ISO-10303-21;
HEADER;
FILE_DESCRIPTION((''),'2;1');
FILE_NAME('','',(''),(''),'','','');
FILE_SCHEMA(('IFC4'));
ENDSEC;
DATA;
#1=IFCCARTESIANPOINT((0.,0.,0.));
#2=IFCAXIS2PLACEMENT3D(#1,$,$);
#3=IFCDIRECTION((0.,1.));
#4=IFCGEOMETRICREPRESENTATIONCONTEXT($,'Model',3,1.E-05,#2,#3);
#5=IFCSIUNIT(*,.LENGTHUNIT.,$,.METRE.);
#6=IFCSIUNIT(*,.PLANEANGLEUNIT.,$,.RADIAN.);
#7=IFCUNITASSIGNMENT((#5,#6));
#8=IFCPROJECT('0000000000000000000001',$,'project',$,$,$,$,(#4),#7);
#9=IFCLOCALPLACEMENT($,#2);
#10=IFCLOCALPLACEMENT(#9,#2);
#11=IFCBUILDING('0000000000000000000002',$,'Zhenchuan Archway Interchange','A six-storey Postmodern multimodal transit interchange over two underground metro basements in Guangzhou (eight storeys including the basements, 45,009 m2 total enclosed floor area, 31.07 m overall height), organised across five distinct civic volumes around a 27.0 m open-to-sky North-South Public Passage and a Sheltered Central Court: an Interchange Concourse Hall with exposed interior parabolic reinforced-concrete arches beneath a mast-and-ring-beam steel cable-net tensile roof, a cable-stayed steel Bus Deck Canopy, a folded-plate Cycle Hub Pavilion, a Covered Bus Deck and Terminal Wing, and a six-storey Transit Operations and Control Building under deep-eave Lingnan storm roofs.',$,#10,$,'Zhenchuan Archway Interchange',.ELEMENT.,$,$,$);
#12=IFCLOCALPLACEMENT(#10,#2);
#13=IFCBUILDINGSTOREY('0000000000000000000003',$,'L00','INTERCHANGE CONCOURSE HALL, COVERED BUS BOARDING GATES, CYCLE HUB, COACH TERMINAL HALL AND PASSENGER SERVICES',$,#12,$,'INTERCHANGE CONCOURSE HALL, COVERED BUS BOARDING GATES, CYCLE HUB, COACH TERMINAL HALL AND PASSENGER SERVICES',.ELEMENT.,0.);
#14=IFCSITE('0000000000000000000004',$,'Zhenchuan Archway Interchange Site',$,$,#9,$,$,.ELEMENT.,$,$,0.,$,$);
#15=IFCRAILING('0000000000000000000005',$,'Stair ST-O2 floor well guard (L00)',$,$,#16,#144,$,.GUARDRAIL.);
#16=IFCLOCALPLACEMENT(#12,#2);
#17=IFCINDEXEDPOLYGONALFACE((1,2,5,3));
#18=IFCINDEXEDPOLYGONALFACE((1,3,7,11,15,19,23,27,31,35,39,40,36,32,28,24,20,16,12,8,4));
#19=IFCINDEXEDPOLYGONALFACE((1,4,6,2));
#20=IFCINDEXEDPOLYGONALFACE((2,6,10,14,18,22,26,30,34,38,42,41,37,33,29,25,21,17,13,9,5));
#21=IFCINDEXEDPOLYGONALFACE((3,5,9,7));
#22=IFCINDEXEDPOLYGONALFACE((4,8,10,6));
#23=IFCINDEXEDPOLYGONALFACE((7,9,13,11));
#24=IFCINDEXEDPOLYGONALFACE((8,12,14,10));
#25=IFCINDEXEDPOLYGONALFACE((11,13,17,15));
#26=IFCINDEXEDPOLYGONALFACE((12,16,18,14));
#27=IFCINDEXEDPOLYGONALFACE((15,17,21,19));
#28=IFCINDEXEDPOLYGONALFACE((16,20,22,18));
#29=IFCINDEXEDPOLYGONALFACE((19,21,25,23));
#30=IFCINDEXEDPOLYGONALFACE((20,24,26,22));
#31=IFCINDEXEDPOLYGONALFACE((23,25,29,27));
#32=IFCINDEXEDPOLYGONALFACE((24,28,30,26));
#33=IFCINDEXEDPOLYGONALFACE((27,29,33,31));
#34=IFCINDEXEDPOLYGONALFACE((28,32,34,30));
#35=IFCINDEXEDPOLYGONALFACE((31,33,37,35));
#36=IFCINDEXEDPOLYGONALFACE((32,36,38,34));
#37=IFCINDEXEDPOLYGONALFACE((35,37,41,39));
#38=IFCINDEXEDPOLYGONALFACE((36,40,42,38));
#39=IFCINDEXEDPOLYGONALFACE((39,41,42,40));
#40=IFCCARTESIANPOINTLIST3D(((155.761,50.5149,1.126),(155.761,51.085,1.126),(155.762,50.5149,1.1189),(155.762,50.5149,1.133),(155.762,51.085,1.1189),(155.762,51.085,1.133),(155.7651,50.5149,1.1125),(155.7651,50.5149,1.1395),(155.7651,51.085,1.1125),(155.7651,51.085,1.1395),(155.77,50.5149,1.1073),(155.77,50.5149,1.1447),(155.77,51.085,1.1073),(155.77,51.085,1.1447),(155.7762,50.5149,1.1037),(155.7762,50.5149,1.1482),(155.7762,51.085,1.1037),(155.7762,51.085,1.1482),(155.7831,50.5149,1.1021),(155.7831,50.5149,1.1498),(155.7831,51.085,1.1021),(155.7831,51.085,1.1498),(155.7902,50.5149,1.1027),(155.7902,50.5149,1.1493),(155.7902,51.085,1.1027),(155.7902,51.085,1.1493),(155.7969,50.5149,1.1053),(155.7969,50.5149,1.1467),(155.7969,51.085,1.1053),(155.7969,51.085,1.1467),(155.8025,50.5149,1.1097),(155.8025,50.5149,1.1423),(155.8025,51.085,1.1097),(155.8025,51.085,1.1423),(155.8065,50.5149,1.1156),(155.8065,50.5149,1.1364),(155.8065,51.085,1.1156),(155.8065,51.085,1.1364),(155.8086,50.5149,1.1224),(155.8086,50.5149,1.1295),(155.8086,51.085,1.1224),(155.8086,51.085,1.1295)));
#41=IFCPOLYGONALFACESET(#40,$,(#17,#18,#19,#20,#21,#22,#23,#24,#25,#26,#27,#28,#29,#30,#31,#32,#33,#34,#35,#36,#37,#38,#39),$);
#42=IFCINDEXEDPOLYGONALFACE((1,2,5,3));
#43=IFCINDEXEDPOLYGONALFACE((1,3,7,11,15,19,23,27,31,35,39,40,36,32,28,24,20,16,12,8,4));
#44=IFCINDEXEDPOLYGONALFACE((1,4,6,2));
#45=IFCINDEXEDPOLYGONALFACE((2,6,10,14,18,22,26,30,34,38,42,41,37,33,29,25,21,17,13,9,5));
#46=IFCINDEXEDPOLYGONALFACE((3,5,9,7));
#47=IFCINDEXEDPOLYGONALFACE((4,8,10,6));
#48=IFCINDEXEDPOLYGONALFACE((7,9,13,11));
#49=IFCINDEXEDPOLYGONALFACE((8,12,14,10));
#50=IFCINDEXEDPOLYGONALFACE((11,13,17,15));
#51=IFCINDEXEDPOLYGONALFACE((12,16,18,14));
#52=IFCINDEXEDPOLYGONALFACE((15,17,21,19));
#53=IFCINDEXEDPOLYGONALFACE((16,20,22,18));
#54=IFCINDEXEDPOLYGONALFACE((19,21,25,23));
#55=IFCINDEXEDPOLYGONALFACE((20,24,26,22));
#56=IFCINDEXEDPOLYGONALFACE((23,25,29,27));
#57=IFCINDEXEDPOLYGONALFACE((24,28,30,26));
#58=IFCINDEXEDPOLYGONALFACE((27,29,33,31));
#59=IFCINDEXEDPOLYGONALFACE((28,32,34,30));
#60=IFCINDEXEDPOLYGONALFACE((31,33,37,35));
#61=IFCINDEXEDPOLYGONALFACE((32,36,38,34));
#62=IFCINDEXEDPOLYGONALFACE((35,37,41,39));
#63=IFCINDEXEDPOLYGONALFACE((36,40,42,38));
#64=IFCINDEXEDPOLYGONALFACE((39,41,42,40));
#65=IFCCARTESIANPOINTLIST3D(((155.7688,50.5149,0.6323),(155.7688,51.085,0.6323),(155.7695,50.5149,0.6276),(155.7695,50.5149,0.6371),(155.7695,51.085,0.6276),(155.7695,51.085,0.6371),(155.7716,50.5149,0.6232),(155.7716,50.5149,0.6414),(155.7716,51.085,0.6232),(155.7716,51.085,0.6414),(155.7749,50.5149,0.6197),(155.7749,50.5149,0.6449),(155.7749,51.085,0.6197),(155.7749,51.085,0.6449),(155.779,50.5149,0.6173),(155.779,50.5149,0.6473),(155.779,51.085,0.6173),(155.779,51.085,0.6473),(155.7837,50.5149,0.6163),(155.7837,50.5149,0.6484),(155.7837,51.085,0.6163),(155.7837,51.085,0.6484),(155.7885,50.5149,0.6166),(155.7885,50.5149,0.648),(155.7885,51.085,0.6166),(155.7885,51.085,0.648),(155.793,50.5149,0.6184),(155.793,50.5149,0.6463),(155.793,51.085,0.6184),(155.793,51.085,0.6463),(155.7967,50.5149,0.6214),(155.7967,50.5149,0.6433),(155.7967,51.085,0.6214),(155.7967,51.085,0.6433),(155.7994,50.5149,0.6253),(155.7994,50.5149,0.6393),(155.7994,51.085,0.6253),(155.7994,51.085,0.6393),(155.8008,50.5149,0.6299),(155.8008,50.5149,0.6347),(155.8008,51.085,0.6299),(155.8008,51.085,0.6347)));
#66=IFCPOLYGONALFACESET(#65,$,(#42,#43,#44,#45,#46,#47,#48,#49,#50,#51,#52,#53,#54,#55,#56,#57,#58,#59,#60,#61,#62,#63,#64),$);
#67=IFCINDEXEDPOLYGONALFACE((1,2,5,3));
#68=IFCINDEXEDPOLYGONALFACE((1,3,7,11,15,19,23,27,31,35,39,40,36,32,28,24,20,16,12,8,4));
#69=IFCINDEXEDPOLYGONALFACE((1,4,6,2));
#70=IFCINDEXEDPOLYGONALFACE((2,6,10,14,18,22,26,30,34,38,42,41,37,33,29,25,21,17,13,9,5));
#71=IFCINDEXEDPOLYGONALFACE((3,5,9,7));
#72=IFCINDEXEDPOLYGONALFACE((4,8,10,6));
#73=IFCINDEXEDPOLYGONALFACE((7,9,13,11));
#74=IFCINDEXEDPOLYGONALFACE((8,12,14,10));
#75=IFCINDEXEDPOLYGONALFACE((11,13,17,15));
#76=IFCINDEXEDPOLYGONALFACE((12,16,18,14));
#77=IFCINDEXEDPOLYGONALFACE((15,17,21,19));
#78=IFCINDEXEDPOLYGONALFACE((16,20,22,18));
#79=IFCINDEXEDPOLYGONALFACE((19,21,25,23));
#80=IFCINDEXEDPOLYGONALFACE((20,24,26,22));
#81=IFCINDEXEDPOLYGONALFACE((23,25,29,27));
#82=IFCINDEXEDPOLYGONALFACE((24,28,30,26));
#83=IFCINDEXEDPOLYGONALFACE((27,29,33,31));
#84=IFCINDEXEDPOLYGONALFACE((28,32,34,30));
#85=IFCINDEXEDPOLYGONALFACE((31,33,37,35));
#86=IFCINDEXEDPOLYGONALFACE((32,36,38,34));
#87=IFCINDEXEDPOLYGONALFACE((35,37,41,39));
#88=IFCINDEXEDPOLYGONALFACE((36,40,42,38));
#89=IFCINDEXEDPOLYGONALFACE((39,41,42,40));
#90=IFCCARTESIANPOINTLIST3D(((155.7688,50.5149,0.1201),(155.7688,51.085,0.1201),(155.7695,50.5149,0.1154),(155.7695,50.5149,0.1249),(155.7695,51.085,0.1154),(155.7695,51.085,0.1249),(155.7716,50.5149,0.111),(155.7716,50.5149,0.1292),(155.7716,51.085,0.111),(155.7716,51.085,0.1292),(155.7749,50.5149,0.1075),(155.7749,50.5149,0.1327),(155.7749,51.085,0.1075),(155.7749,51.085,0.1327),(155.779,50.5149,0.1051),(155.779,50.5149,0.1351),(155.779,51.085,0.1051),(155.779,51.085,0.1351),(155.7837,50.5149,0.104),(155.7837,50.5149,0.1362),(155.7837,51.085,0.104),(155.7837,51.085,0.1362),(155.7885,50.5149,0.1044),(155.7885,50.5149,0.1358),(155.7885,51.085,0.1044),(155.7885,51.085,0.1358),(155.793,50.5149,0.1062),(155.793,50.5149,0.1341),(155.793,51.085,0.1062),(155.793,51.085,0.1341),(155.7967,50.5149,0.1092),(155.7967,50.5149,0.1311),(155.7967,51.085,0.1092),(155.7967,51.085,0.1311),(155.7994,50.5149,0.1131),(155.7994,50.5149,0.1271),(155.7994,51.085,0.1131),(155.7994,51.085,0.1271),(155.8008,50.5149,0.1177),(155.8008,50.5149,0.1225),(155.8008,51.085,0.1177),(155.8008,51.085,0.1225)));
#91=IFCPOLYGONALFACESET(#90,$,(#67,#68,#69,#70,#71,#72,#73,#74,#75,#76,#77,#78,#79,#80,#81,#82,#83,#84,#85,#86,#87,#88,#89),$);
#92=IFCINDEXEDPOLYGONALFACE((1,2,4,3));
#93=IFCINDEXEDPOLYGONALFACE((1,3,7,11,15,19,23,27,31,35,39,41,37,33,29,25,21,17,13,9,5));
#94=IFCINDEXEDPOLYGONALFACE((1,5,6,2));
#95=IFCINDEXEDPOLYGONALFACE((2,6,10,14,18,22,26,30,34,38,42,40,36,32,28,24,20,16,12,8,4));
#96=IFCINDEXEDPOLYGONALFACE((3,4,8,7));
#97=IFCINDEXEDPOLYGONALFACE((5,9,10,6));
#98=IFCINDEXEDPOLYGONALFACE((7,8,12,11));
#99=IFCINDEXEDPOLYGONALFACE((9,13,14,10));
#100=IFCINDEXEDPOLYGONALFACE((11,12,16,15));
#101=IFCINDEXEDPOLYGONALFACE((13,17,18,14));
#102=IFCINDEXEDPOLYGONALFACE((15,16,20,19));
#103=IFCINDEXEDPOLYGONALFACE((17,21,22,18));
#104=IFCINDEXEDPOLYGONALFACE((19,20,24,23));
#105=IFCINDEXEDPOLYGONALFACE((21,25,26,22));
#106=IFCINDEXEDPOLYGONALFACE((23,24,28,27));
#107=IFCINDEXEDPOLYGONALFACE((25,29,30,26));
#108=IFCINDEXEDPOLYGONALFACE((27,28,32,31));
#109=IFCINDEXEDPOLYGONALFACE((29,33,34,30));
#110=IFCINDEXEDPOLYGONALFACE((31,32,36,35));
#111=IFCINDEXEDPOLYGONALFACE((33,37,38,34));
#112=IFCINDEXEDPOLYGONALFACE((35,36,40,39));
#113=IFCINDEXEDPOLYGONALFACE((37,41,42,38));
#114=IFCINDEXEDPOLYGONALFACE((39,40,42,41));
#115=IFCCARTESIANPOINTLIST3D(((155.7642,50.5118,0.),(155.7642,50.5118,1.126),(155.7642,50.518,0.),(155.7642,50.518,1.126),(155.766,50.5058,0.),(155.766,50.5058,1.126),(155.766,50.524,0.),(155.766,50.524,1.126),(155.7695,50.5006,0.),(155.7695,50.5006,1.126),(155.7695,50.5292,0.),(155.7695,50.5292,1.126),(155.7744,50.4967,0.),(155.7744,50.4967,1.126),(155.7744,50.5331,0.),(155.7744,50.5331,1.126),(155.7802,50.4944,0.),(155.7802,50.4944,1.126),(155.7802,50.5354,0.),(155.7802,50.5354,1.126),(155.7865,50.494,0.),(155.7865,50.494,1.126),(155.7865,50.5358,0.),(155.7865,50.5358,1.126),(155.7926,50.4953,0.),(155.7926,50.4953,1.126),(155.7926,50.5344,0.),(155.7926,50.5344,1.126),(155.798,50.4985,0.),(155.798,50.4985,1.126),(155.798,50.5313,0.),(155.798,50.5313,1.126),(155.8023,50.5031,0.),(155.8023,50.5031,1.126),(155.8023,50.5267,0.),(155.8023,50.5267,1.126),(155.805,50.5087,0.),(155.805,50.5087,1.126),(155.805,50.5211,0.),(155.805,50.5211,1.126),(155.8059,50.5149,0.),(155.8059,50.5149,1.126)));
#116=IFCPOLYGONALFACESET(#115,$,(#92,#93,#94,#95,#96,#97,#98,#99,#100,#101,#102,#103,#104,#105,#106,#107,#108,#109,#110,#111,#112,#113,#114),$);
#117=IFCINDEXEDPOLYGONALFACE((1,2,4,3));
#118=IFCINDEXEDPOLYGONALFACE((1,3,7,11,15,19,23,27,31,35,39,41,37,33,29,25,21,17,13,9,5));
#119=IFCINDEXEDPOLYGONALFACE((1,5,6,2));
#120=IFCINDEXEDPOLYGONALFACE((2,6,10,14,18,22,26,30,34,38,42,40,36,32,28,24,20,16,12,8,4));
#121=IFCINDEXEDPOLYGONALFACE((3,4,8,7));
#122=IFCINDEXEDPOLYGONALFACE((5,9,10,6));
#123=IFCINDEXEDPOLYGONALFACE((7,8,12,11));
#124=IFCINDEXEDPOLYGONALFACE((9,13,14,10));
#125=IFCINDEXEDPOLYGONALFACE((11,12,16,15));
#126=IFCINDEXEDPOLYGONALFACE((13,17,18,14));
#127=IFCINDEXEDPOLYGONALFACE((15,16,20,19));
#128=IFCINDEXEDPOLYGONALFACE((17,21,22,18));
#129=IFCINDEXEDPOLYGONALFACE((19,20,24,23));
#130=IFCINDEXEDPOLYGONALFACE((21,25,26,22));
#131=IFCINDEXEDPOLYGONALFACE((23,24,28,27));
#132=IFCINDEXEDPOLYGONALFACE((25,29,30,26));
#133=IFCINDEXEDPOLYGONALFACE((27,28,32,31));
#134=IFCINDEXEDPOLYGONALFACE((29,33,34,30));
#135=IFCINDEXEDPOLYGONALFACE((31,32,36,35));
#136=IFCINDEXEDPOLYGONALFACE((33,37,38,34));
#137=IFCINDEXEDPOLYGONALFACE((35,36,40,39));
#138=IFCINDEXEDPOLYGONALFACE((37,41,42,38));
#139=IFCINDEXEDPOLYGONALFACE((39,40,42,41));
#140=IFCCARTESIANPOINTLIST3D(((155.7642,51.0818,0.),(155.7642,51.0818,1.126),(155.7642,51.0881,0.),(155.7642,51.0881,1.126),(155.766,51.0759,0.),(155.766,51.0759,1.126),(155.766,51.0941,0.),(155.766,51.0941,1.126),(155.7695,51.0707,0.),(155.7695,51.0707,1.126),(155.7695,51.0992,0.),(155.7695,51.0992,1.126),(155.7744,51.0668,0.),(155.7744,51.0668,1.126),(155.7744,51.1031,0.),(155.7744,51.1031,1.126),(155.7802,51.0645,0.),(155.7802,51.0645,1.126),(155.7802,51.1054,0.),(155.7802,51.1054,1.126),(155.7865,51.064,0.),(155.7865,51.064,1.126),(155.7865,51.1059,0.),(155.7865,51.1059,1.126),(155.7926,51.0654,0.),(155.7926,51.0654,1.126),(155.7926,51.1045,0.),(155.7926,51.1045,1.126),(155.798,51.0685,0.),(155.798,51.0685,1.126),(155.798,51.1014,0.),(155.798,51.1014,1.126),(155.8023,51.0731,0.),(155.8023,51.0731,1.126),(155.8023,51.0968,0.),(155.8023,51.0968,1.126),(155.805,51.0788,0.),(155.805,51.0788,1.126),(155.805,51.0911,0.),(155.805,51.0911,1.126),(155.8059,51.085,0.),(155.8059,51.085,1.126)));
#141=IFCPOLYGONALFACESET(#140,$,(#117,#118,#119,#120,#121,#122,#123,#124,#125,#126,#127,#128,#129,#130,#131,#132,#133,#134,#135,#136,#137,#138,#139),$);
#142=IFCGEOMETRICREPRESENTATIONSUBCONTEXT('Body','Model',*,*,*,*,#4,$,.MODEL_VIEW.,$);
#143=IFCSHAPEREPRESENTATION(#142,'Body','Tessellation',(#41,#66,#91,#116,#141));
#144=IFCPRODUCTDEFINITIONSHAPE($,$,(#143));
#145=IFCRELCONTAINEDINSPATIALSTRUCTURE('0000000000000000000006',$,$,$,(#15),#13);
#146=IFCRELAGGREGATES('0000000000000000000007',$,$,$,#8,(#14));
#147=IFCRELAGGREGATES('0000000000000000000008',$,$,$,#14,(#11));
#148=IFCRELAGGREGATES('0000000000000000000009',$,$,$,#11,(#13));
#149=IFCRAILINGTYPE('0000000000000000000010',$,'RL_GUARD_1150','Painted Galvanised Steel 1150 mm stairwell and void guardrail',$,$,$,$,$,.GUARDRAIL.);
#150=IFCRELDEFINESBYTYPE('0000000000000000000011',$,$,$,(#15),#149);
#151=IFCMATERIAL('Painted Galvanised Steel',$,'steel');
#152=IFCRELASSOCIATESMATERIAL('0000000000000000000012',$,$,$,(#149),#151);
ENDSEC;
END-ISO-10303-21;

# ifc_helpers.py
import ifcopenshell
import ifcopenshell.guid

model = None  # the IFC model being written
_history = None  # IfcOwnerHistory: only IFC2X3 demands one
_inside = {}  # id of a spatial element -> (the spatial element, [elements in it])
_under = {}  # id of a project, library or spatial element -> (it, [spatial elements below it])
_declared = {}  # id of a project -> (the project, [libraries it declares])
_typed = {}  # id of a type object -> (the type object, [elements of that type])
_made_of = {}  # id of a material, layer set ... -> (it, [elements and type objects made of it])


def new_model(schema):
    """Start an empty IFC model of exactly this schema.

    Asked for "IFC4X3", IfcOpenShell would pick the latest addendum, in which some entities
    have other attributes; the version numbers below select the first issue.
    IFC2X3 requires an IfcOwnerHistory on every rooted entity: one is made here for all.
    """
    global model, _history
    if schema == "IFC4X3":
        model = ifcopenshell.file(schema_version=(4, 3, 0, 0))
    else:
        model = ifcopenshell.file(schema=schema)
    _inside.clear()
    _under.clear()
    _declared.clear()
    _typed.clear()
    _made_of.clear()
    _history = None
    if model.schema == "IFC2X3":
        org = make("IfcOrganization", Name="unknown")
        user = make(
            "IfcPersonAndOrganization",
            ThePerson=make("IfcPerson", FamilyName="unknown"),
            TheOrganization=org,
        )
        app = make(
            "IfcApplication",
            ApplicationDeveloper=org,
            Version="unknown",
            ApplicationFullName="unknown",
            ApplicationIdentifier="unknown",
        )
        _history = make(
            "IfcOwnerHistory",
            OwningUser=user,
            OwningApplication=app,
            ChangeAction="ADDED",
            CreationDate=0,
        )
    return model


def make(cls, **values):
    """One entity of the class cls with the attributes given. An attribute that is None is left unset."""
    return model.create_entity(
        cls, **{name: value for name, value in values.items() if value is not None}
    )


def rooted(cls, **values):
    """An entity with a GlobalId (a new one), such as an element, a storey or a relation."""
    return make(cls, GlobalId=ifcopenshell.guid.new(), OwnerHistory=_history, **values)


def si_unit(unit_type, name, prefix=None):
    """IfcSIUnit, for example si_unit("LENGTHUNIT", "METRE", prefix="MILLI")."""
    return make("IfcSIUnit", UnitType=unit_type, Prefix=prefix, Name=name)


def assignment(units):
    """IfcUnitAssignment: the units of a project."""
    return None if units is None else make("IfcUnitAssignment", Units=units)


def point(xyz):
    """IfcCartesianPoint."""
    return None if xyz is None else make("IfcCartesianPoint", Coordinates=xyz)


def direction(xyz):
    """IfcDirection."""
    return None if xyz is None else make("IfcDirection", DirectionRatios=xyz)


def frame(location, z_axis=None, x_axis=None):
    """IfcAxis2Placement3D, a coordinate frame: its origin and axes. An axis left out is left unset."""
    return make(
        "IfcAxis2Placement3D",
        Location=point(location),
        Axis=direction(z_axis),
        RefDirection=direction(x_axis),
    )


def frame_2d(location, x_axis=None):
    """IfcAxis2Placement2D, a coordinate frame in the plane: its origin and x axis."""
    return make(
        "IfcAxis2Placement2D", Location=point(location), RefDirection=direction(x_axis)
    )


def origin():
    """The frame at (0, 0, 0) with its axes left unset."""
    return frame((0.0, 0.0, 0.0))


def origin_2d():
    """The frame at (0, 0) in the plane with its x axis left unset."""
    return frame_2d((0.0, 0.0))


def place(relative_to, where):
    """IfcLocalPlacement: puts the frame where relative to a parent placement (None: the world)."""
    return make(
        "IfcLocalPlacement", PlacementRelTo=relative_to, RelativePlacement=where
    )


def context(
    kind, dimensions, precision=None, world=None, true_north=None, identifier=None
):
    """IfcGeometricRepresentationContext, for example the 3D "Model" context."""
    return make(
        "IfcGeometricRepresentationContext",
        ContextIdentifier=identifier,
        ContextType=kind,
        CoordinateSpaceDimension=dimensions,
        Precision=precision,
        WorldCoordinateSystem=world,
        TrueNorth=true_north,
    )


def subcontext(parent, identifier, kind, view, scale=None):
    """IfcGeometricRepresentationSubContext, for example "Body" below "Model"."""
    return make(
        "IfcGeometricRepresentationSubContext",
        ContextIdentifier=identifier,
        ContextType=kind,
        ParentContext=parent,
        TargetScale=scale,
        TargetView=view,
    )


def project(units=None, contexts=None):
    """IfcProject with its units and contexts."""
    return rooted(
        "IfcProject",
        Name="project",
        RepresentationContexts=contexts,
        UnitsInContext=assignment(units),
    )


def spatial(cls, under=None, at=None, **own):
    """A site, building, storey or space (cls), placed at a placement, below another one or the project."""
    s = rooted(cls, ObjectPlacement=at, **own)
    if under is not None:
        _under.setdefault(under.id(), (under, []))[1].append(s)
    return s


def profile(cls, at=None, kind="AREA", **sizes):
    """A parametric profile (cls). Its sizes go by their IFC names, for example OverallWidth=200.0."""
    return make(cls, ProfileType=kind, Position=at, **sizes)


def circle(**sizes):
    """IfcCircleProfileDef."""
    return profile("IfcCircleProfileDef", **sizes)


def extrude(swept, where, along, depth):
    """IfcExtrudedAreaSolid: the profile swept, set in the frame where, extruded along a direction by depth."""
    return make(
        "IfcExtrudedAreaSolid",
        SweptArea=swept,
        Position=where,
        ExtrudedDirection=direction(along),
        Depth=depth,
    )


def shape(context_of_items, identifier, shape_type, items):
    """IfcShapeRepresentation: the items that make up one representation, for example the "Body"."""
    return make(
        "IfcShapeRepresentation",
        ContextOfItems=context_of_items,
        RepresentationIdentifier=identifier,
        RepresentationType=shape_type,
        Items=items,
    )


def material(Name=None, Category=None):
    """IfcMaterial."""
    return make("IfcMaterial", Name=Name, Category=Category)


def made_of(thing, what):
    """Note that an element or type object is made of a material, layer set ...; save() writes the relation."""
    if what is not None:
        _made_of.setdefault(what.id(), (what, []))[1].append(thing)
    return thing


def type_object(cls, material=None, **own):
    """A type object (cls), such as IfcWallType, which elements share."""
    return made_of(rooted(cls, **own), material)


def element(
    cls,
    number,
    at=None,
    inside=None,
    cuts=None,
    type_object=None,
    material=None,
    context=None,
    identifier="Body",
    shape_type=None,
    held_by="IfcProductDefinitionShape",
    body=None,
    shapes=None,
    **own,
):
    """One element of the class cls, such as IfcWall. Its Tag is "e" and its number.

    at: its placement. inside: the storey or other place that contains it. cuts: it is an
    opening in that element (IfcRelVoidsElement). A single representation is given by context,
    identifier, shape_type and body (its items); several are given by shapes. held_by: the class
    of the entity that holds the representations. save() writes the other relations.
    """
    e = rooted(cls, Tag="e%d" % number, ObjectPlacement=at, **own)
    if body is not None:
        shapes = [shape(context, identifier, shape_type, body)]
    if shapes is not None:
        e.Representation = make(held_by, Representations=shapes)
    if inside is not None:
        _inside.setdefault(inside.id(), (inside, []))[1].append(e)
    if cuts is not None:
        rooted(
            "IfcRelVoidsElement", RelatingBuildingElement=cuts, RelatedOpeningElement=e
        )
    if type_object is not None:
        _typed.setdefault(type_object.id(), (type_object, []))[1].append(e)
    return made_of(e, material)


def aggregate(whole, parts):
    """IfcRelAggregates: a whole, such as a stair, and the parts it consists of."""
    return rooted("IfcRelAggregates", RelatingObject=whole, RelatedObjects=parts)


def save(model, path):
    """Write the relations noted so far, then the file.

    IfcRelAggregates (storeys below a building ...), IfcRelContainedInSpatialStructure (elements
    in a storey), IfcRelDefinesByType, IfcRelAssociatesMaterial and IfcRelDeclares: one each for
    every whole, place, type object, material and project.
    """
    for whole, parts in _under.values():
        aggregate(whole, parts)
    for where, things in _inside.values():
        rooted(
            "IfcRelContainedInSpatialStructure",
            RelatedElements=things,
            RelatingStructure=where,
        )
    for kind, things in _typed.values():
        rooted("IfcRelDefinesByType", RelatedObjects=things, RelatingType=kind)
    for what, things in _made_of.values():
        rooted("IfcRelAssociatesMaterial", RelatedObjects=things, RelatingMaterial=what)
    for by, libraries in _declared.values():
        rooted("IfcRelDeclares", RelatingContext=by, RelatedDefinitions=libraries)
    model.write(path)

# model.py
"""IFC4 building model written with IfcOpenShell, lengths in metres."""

from ifc_helpers import new_model, si_unit, direction, frame, origin, origin_2d, place, context, subcontext, project, spatial, circle, extrude, material, type_object, element, save


model = new_model("IFC4")

# Units and contexts
model_context = context("Model", 3, precision=1e-05, world=origin(), true_north=direction((0.0, 1.0)))
body_context = subcontext(model_context, "Body", "Model", "MODEL_VIEW")
ifc_project = project(units=[si_unit("LENGTHUNIT", "METRE"), si_unit("PLANEANGLEUNIT", "RADIAN")], contexts=[model_context])

# Site, building, storey
site_placement = place(None, origin())
site = spatial("IfcSite", under=ifc_project, at=site_placement, Name="Zhenchuan Archway Interchange Site", CompositionType="ELEMENT", RefElevation=0.0)
building_placement = place(site_placement, origin())
building = spatial("IfcBuilding", under=site, at=building_placement, Name="Zhenchuan Archway Interchange", Description="A six-storey Postmodern multimodal transit interchange over two underground metro basements in Guangzhou (eight storeys including the basements, 45,009 m2 total enclosed floor area, 31.07 m overall height), organised across five distinct civic volumes around a 27.0 m open-to-sky North-South Public Passage and a Sheltered Central Court: an Interchange Concourse Hall with exposed interior parabolic reinforced-concrete arches beneath a mast-and-ring-beam steel cable-net tensile roof, a cable-stayed steel Bus Deck Canopy, a folded-plate Cycle Hub Pavilion, a Covered Bus Deck and Terminal Wing, and a six-storey Transit Operations and Control Building under deep-eave Lingnan storm roofs.", LongName="Zhenchuan Archway Interchange", CompositionType="ELEMENT")
storey_placement = place(building_placement, origin())
storey = spatial("IfcBuildingStorey", under=building, at=storey_placement, Name="L00", Description="INTERCHANGE CONCOURSE HALL, COVERED BUS BOARDING GATES, CYCLE HUB, COACH TERMINAL HALL AND PASSENGER SERVICES", LongName="INTERCHANGE CONCOURSE HALL, COVERED BUS BOARDING GATES, CYCLE HUB, COACH TERMINAL HALL AND PASSENGER SERVICES", CompositionType="ELEMENT", Elevation=0.0)

# Shared definitions
ifc_material_1 = material(Name="Painted Galvanised Steel", Category="steel")

# Railing
railing_type_1 = type_object("IfcRailingType", Name="RL_GUARD_1150", Description="Painted Galvanised Steel 1150 mm stairwell and void guardrail", PredefinedType="GUARDRAIL", material=ifc_material_1)
for number, where, name in (
    (1, (155.7849, 50.5149, 0.0), "Stair ST-O2 floor well guard (L00)"),
):
    element("IfcRailing", number, at=place(storey_placement, frame(where)), inside=storey, type_object=railing_type_1, Name=name, PredefinedType="GUARDRAIL", context=body_context, shape_type="SweptSolid", body=[
        extrude(circle(Radius=0.0239, at=origin_2d()), frame((0.0, 0.0, 1.126), z_axis=(0.0, 1.0, 0.0), x_axis=(-1.0, 0.0, 0.0)), (0.0, 0.0, 1.0), 0.5701),
        extrude(circle(Radius=0.0161, at=origin_2d()), frame((0.0, 0.0, 0.6323), z_axis=(0.0, 1.0, 0.0), x_axis=(-1.0, 0.0, 0.0)), (0.0, 0.0, 1.0), 0.5701),
        extrude(circle(Radius=0.0161, at=origin_2d()), frame((0.0, 0.0, 0.1201), z_axis=(0.0, 1.0, 0.0), x_axis=(-1.0, 0.0, 0.0)), (0.0, 0.0, 1.0), 0.5701),
        extrude(circle(Radius=0.021, at=origin_2d()), origin(), (0.0, 0.0, 1.0), 1.126),
        extrude(circle(Radius=0.021, at=origin_2d()), frame((0.0, 0.5701, 0.0)), (0.0, 0.0, 1.0), 1.126),
    ])

save(model, "model.ifc")
